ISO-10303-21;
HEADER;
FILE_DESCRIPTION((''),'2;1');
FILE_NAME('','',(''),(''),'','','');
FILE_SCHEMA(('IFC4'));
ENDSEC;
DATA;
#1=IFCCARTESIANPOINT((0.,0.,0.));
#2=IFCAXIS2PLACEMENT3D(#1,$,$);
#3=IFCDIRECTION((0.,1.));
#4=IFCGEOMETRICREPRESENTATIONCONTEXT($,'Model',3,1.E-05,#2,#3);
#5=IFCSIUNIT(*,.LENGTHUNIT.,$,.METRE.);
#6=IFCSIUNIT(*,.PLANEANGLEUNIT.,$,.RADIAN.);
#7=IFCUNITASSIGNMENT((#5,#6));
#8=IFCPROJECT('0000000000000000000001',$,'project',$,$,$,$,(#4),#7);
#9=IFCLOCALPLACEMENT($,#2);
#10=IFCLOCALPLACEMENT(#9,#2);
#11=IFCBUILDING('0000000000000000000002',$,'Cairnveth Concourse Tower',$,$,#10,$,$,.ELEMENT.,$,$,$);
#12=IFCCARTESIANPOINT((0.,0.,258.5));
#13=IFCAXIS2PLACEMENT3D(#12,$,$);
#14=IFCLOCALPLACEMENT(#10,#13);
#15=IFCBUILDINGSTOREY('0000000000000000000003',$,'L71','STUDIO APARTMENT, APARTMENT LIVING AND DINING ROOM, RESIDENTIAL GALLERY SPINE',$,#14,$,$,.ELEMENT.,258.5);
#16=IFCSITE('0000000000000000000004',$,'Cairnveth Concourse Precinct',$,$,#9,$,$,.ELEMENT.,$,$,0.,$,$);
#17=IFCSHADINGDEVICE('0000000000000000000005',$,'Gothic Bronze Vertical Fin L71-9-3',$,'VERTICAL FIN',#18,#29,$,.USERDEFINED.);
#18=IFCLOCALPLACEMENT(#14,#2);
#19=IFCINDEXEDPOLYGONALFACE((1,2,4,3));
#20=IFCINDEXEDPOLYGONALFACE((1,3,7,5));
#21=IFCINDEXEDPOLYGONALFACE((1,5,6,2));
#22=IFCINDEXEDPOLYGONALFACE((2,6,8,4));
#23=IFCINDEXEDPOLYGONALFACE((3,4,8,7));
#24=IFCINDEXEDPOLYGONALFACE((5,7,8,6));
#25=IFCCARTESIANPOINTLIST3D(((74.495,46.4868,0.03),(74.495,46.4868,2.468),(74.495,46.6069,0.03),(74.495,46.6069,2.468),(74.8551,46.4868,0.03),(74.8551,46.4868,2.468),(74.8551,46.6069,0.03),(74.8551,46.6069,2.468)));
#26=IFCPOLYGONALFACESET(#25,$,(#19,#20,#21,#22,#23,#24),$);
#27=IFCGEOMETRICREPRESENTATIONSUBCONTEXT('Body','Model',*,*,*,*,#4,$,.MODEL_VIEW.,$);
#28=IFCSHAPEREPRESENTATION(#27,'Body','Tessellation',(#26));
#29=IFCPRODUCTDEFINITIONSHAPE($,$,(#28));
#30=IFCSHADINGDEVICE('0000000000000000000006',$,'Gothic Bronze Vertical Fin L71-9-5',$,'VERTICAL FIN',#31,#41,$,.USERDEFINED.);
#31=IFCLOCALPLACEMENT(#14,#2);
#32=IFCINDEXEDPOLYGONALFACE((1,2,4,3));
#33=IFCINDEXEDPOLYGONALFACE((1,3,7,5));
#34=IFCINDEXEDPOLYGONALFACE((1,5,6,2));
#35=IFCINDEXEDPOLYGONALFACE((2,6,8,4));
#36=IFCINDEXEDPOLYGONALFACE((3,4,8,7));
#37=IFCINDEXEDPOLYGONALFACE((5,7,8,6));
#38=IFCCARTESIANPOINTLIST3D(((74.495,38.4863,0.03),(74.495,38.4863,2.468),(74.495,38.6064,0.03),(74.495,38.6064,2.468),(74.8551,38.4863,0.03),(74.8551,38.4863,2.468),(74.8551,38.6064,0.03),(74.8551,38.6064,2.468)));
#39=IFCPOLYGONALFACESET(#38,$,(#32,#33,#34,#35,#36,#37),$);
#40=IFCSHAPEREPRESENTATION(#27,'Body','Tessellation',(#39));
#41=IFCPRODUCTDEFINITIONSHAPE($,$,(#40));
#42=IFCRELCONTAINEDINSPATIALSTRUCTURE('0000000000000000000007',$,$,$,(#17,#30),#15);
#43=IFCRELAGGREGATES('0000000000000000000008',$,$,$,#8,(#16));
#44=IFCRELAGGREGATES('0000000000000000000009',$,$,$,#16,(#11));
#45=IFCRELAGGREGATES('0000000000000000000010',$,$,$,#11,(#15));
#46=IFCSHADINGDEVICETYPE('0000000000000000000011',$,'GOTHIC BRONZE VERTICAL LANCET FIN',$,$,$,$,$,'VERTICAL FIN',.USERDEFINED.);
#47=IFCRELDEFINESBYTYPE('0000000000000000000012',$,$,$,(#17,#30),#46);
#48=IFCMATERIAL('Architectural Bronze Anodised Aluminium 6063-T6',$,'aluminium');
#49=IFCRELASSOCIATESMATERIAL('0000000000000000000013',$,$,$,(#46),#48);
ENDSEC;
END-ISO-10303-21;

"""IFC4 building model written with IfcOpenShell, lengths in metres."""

from ifc_helpers import new_model, si_unit, direction, frame, origin, origin_2d, place, context, subcontext, project, spatial, rectangle, extrude, material, type_object, element, save


model = new_model("IFC4")

# Units and contexts
model_context = context("Model", 3, precision=1e-05, world=origin(), true_north=direction((0.0, 1.0)))
body_context = subcontext(model_context, "Body", "Model", "MODEL_VIEW")
ifc_project = project(units=[si_unit("LENGTHUNIT", "METRE"), si_unit("PLANEANGLEUNIT", "RADIAN")], contexts=[model_context])

# Site, building, storey
site_placement = place(None, origin())
site = spatial("IfcSite", under=ifc_project, at=site_placement, Name="Cairnveth Concourse Precinct", CompositionType="ELEMENT", RefElevation=0.0)
building_placement = place(site_placement, origin())
building = spatial("IfcBuilding", under=site, at=building_placement, Name="Cairnveth Concourse Tower", CompositionType="ELEMENT")
storey_placement = place(building_placement, frame((0.0, 0.0, 258.5)))
storey = spatial("IfcBuildingStorey", under=building, at=storey_placement, Name="L71", Description="STUDIO APARTMENT, APARTMENT LIVING AND DINING ROOM, RESIDENTIAL GALLERY SPINE", CompositionType="ELEMENT", Elevation=258.5)

# Shading devices
ifc_material_1 = material(Name="Architectural Bronze Anodised Aluminium 6063-T6", Category="aluminium")
shading_device_type = type_object("IfcShadingDeviceType", Name="GOTHIC BRONZE VERTICAL LANCET FIN", ElementType="VERTICAL FIN", PredefinedType="USERDEFINED", material=ifc_material_1)
for number, where, z_axis, x_axis, name in (
    (1, (74.675, 46.5469, 0.03), (0.0, 0.0, 1.0), (0.0, 1.0, 0.0), "Gothic Bronze Vertical Fin L71-9-3"),
    (2, (74.675, 38.5464, 0.03), (0.0, 0.0, 1.0), (0.0, 1.0, 0.0), "Gothic Bronze Vertical Fin L71-9-5"),
):
    element("IfcShadingDevice", number, at=place(storey_placement, frame(where, z_axis=z_axis, x_axis=x_axis)), inside=storey, type_object=shading_device_type, Name=name, ObjectType="VERTICAL FIN", PredefinedType="USERDEFINED", context=body_context, shape_type="SweptSolid", body=[
        extrude(rectangle(XDim=0.1201, YDim=0.3601, at=origin_2d()), origin(), (0.0, 0.0, 1.0), 2.438),
    ])

save(model, "model.ifc")
